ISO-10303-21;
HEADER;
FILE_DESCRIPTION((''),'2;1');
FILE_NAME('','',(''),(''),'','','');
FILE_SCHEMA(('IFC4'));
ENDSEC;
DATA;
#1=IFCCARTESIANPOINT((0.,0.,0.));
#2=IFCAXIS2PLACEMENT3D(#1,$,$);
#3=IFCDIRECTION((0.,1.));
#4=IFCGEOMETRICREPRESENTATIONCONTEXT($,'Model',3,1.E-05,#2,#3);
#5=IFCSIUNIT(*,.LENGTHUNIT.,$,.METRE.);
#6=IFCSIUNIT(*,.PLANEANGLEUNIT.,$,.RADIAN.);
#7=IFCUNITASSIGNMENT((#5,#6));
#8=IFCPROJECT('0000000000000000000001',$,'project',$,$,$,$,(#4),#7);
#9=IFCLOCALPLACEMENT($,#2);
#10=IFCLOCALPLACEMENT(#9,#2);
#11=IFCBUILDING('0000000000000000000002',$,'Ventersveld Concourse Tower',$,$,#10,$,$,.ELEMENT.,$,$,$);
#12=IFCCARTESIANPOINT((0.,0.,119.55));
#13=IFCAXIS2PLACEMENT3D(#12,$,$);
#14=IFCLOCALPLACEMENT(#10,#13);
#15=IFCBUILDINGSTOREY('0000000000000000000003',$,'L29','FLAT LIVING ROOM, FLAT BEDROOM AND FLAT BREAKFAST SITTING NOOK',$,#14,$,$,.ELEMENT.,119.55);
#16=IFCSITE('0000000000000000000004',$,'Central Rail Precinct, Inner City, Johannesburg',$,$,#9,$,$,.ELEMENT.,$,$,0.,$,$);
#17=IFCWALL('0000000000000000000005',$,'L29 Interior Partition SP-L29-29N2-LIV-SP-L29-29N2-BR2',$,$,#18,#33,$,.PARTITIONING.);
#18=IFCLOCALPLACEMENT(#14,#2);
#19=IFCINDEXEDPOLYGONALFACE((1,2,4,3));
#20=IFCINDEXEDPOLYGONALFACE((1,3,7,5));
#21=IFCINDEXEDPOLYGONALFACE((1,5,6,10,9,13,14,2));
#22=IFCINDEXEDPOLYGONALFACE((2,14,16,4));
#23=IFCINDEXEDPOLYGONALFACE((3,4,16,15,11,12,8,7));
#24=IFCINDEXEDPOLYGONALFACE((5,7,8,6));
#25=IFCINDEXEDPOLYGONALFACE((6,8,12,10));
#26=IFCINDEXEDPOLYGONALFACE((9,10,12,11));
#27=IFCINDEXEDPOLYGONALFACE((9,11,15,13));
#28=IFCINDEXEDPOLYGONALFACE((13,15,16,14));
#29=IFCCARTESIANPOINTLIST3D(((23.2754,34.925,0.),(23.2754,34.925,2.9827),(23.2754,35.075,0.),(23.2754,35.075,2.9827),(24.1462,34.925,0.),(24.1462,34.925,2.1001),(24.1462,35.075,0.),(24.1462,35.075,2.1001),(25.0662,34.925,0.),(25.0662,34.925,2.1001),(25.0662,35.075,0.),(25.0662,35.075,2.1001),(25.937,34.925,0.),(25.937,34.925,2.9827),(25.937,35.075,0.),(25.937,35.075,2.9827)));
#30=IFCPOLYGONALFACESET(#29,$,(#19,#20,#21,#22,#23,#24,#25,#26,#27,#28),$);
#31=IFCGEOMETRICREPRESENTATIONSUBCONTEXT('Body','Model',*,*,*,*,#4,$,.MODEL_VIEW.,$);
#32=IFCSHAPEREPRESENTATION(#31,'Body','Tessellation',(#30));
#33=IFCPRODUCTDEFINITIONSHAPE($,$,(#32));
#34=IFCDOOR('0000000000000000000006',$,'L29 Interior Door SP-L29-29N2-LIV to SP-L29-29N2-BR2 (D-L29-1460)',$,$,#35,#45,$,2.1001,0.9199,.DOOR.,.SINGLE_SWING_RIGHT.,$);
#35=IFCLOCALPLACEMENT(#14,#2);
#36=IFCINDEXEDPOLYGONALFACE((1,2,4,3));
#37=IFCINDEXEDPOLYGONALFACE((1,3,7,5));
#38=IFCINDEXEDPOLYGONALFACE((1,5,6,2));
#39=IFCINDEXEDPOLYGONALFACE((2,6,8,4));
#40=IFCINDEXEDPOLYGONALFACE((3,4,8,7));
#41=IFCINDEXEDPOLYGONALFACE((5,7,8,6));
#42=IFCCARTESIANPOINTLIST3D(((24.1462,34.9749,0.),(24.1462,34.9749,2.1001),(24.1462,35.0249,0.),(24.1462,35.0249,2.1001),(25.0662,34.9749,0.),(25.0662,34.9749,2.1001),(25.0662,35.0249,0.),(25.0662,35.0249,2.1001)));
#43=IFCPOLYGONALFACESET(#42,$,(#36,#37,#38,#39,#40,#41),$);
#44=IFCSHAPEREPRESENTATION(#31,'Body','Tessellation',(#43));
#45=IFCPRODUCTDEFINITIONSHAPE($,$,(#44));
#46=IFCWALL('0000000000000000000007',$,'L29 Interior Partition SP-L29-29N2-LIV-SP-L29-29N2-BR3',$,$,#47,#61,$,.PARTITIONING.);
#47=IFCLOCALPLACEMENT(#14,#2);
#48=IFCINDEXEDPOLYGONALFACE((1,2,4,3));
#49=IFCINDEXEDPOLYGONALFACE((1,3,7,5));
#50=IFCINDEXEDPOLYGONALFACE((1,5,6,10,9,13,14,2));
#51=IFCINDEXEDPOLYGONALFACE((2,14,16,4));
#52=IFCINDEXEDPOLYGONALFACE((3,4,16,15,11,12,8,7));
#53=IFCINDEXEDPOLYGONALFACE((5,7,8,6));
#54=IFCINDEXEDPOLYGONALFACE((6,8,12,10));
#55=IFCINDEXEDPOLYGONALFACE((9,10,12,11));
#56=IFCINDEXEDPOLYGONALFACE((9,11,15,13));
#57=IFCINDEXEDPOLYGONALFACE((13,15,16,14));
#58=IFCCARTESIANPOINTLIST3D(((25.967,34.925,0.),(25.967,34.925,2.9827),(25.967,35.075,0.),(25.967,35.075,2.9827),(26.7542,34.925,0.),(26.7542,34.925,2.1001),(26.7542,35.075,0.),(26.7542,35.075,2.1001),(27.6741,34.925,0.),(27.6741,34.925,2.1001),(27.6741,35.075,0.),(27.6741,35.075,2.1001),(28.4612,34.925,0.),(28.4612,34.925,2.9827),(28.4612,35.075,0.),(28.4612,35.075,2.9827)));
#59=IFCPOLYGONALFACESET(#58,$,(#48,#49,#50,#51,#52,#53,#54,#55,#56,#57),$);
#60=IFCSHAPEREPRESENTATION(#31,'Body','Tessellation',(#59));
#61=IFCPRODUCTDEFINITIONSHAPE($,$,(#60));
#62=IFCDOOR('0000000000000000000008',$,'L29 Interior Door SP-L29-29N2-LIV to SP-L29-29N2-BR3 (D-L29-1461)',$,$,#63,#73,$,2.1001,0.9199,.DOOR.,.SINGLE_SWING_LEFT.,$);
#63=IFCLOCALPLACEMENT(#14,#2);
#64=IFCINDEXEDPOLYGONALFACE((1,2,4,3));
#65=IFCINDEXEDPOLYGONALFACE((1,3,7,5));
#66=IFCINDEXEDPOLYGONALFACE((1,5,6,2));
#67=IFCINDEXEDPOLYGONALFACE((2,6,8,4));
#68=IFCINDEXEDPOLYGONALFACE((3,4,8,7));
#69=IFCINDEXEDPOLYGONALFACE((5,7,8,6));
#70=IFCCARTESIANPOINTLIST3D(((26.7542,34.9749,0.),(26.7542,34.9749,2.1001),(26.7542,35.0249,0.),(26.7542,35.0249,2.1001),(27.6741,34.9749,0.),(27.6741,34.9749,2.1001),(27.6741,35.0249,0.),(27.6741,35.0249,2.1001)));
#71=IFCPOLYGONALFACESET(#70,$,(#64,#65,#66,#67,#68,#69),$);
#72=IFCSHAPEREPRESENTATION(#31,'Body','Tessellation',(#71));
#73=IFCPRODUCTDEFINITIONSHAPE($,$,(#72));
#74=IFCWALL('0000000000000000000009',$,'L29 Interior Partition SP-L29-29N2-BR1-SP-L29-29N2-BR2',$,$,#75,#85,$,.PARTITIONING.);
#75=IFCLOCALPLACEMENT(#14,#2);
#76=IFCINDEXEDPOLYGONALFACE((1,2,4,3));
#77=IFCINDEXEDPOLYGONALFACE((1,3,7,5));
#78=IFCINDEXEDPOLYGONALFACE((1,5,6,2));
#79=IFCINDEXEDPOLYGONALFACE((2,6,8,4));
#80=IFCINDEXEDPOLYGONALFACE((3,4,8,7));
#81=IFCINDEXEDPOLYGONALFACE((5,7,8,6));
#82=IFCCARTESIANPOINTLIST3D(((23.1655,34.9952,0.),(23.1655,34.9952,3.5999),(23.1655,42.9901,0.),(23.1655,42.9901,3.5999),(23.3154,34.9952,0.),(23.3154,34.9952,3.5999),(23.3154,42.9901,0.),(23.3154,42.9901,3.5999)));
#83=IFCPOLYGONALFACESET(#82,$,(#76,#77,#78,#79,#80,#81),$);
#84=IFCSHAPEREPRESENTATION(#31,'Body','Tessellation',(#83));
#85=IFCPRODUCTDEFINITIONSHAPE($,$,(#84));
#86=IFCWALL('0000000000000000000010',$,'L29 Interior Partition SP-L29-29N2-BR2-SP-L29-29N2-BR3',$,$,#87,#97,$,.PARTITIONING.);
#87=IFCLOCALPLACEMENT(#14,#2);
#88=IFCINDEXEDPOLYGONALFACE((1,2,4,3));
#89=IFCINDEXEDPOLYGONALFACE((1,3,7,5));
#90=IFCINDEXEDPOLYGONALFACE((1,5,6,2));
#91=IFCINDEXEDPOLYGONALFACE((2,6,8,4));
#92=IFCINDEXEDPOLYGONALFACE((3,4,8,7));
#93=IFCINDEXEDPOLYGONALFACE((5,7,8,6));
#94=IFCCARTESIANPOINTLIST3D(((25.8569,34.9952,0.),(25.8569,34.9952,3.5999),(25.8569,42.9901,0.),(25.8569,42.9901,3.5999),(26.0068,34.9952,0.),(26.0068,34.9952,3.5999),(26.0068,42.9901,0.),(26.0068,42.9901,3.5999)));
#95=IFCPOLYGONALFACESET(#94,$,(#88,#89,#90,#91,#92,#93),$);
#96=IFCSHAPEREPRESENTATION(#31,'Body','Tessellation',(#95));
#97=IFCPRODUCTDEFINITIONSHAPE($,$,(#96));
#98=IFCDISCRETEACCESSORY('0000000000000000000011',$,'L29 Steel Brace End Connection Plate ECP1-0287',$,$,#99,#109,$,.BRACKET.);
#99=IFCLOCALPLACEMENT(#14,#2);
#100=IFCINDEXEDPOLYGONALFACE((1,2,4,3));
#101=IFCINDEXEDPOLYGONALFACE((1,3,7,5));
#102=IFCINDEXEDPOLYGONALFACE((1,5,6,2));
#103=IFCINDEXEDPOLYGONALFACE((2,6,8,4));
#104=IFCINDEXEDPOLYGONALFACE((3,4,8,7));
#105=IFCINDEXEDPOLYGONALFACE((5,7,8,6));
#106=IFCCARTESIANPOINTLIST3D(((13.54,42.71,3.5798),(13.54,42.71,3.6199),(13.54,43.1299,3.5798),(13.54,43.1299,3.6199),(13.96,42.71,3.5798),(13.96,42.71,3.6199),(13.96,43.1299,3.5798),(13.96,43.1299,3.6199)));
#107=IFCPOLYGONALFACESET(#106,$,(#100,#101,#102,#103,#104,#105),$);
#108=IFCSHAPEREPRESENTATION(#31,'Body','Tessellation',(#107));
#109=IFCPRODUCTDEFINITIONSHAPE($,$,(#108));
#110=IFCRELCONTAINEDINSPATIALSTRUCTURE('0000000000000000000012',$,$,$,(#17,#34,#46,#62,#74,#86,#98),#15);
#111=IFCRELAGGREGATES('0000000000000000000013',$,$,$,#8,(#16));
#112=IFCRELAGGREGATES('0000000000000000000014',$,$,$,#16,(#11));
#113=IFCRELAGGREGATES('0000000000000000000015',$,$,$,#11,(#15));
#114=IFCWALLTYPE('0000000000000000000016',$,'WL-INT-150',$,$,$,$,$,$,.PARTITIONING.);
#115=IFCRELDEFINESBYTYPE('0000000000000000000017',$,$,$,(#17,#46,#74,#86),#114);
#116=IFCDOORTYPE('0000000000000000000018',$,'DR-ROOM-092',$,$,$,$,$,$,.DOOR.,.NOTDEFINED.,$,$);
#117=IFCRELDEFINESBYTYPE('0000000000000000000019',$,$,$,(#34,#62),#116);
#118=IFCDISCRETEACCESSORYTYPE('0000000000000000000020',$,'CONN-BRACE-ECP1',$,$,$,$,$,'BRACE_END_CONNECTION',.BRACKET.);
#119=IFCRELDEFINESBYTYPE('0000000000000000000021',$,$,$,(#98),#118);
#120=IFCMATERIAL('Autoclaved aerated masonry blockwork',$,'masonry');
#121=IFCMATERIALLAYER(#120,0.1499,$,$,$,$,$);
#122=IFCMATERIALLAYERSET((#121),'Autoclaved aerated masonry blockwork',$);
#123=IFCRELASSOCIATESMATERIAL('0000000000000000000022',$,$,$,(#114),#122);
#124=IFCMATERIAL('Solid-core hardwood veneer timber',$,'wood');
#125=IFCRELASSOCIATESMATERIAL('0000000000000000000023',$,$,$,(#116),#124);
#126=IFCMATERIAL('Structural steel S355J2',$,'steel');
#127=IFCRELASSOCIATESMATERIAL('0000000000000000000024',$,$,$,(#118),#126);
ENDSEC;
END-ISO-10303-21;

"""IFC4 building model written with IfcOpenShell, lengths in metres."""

from ifc_helpers import new_model, si_unit, direction, frame, frame_2d, origin, origin_2d, place, context, subcontext, project, spatial, rectangle, extrude, material, layer, layer_set, type_object, element, fill, save


model = new_model("IFC4")

# Units and contexts
model_context = context("Model", 3, precision=1e-05, world=origin(), true_north=direction((0.0, 1.0)))
body_context = subcontext(model_context, "Body", "Model", "MODEL_VIEW")
ifc_project = project(units=[si_unit("LENGTHUNIT", "METRE"), si_unit("PLANEANGLEUNIT", "RADIAN")], contexts=[model_context])

# Site, building, storey
site_placement = place(None, origin())
site = spatial("IfcSite", under=ifc_project, at=site_placement, Name="Central Rail Precinct, Inner City, Johannesburg", CompositionType="ELEMENT", RefElevation=0.0)
building_placement = place(site_placement, origin())
building = spatial("IfcBuilding", under=site, at=building_placement, Name="Ventersveld Concourse Tower", CompositionType="ELEMENT")
storey_placement = place(building_placement, frame((0.0, 0.0, 119.55)))
storey = spatial("IfcBuildingStorey", under=building, at=storey_placement, Name="L29", Description="FLAT LIVING ROOM, FLAT BEDROOM AND FLAT BREAKFAST SITTING NOOK", CompositionType="ELEMENT", Elevation=119.55)

# Shared definitions
ifc_material_1 = material(Name="Structural steel S355J2", Category="steel")

# Shared definitions
ifc_material_2 = material(Name="Autoclaved aerated masonry blockwork", Category="masonry")
ifc_layer_1 = layer(ifc_material_2, 0.1499)
ifc_layer_set_1 = layer_set([ifc_layer_1], Name="Autoclaved aerated masonry blockwork")
wall_type_1 = type_object("IfcWallType", Name="WL-INT-150", PredefinedType="PARTITIONING", material=ifc_layer_set_1)

# Shared definitions
ifc_material_3 = material(Name="Solid-core hardwood veneer timber", Category="wood")
door_type = type_object("IfcDoorType", Name="DR-ROOM-092", OperationType="NOTDEFINED", PredefinedType="DOOR", material=ifc_material_3)

# Walls, openings, doors
wall_1_placement = place(storey_placement, frame((23.2754, 35.0, 0.0), z_axis=(0.0, 0.0, 1.0), x_axis=(1.0, 0.0, 0.0)))
wall_1 = element("IfcWall", 1, at=wall_1_placement, inside=storey, type_object=wall_type_1, Name="L29 Interior Partition SP-L29-29N2-LIV-SP-L29-29N2-BR2", PredefinedType="PARTITIONING", context=body_context, shape_type="SweptSolid", body=[
    extrude(rectangle(XDim=2.6616, YDim=0.1499, at=frame_2d((1.3308, 0.0))), origin(), (0.0, 0.0, 1.0), 2.9827),
])
opening_1_placement = place(wall_1_placement, frame((0.8708, 0.0, 0.0)))
opening_1 = element("IfcOpeningElement", 2, at=opening_1_placement, cuts=wall_1, PredefinedType="OPENING", context=body_context, shape_type="SweptSolid", body=[
    extrude(rectangle(XDim=0.9199, YDim=2.1001, at=frame_2d((0.46, 1.05))), frame((0.0, 0.085, 0.0), z_axis=(0.0, -1.0, 0.0), x_axis=(1.0, 0.0, 0.0)), (0.0, 0.0, 1.0), 0.1699),
])
door_1_placement = place(opening_1_placement, origin())
door_1 = element("IfcDoor", 3, at=door_1_placement, inside=storey, type_object=door_type, Name="L29 Interior Door SP-L29-29N2-LIV to SP-L29-29N2-BR2 (D-L29-1460)", OperationType="SINGLE_SWING_RIGHT", OverallHeight=2.1001, OverallWidth=0.9199, PredefinedType="DOOR", context=body_context, shape_type="SweptSolid", body=[
    extrude(rectangle(XDim=0.9199, YDim=2.1001, at=frame_2d((0.46, 1.05))), frame((0.0, 0.0249, 0.0), z_axis=(0.0, -1.0, 0.0), x_axis=(1.0, 0.0, 0.0)), (0.0, 0.0, 1.0), 0.05),
])
fill(opening_1, door_1)
wall_2_placement = place(storey_placement, frame((25.967, 35.0, 0.0), z_axis=(0.0, 0.0, 1.0), x_axis=(1.0, 0.0, 0.0)))
wall_2 = element("IfcWall", 4, at=wall_2_placement, inside=storey, type_object=wall_type_1, Name="L29 Interior Partition SP-L29-29N2-LIV-SP-L29-29N2-BR3", PredefinedType="PARTITIONING", context=body_context, shape_type="SweptSolid", body=[
    extrude(rectangle(XDim=2.4941, YDim=0.1499, at=frame_2d((1.2471, 0.0))), origin(), (0.0, 0.0, 1.0), 2.9827),
])
opening_2_placement = place(wall_2_placement, frame((0.7871, 0.0, 0.0)))
opening_2 = element("IfcOpeningElement", 5, at=opening_2_placement, cuts=wall_2, PredefinedType="OPENING", context=body_context, shape_type="SweptSolid", body=[
    extrude(rectangle(XDim=0.9199, YDim=2.1001, at=frame_2d((0.46, 1.05))), frame((0.0, 0.085, 0.0), z_axis=(0.0, -1.0, 0.0), x_axis=(1.0, 0.0, 0.0)), (0.0, 0.0, 1.0), 0.1699),
])
door_2_placement = place(opening_2_placement, origin())
door_2 = element("IfcDoor", 6, at=door_2_placement, inside=storey, type_object=door_type, Name="L29 Interior Door SP-L29-29N2-LIV to SP-L29-29N2-BR3 (D-L29-1461)", OperationType="SINGLE_SWING_LEFT", OverallHeight=2.1001, OverallWidth=0.9199, PredefinedType="DOOR", context=body_context, shape_type="SweptSolid", body=[
    extrude(rectangle(XDim=0.9199, YDim=2.1001, at=frame_2d((0.46, 1.05))), frame((0.0, 0.0249, 0.0), z_axis=(0.0, -1.0, 0.0), x_axis=(1.0, 0.0, 0.0)), (0.0, 0.0, 1.0), 0.05),
])
fill(opening_2, door_2)

# Walls
for number, where, z_axis, x_axis, name in (
    (7, (23.2405, 34.9951, 0.0), (0.0, 0.0, 1.0), (0.0, 1.0, 0.0), "L29 Interior Partition SP-L29-29N2-BR1-SP-L29-29N2-BR2"),
    (8, (25.9319, 34.9951, 0.0), (0.0, 0.0, 1.0), (0.0, 1.0, 0.0), "L29 Interior Partition SP-L29-29N2-BR2-SP-L29-29N2-BR3"),
):
    element("IfcWall", number, at=place(storey_placement, frame(where, z_axis=z_axis, x_axis=x_axis)), inside=storey, type_object=wall_type_1, Name=name, PredefinedType="PARTITIONING", context=body_context, shape_type="SweptSolid", body=[
        extrude(rectangle(XDim=7.9949, YDim=0.1499, at=frame_2d((3.9976, 0.0))), origin(), (0.0, 0.0, 1.0), 3.5999),
    ])

# Discrete accessory
discrete_accessory_type = type_object("IfcDiscreteAccessoryType", Name="CONN-BRACE-ECP1", ElementType="BRACE_END_CONNECTION", PredefinedType="BRACKET", material=ifc_material_1)
discrete_accessory_placement = place(storey_placement, frame((13.75, 42.9199, 3.5798), z_axis=(0.0, 0.0, 1.0), x_axis=(1.0, 0.0, 0.0)))
element("IfcDiscreteAccessory", 9, at=discrete_accessory_placement, inside=storey, type_object=discrete_accessory_type, Name="L29 Steel Brace End Connection Plate ECP1-0287", PredefinedType="BRACKET", context=body_context, shape_type="SweptSolid", body=[
    extrude(rectangle(XDim=0.4199, YDim=0.4199, at=origin_2d()), origin(), (0.0, 0.0, 1.0), 0.04),
])

save(model, "model.ifc")
